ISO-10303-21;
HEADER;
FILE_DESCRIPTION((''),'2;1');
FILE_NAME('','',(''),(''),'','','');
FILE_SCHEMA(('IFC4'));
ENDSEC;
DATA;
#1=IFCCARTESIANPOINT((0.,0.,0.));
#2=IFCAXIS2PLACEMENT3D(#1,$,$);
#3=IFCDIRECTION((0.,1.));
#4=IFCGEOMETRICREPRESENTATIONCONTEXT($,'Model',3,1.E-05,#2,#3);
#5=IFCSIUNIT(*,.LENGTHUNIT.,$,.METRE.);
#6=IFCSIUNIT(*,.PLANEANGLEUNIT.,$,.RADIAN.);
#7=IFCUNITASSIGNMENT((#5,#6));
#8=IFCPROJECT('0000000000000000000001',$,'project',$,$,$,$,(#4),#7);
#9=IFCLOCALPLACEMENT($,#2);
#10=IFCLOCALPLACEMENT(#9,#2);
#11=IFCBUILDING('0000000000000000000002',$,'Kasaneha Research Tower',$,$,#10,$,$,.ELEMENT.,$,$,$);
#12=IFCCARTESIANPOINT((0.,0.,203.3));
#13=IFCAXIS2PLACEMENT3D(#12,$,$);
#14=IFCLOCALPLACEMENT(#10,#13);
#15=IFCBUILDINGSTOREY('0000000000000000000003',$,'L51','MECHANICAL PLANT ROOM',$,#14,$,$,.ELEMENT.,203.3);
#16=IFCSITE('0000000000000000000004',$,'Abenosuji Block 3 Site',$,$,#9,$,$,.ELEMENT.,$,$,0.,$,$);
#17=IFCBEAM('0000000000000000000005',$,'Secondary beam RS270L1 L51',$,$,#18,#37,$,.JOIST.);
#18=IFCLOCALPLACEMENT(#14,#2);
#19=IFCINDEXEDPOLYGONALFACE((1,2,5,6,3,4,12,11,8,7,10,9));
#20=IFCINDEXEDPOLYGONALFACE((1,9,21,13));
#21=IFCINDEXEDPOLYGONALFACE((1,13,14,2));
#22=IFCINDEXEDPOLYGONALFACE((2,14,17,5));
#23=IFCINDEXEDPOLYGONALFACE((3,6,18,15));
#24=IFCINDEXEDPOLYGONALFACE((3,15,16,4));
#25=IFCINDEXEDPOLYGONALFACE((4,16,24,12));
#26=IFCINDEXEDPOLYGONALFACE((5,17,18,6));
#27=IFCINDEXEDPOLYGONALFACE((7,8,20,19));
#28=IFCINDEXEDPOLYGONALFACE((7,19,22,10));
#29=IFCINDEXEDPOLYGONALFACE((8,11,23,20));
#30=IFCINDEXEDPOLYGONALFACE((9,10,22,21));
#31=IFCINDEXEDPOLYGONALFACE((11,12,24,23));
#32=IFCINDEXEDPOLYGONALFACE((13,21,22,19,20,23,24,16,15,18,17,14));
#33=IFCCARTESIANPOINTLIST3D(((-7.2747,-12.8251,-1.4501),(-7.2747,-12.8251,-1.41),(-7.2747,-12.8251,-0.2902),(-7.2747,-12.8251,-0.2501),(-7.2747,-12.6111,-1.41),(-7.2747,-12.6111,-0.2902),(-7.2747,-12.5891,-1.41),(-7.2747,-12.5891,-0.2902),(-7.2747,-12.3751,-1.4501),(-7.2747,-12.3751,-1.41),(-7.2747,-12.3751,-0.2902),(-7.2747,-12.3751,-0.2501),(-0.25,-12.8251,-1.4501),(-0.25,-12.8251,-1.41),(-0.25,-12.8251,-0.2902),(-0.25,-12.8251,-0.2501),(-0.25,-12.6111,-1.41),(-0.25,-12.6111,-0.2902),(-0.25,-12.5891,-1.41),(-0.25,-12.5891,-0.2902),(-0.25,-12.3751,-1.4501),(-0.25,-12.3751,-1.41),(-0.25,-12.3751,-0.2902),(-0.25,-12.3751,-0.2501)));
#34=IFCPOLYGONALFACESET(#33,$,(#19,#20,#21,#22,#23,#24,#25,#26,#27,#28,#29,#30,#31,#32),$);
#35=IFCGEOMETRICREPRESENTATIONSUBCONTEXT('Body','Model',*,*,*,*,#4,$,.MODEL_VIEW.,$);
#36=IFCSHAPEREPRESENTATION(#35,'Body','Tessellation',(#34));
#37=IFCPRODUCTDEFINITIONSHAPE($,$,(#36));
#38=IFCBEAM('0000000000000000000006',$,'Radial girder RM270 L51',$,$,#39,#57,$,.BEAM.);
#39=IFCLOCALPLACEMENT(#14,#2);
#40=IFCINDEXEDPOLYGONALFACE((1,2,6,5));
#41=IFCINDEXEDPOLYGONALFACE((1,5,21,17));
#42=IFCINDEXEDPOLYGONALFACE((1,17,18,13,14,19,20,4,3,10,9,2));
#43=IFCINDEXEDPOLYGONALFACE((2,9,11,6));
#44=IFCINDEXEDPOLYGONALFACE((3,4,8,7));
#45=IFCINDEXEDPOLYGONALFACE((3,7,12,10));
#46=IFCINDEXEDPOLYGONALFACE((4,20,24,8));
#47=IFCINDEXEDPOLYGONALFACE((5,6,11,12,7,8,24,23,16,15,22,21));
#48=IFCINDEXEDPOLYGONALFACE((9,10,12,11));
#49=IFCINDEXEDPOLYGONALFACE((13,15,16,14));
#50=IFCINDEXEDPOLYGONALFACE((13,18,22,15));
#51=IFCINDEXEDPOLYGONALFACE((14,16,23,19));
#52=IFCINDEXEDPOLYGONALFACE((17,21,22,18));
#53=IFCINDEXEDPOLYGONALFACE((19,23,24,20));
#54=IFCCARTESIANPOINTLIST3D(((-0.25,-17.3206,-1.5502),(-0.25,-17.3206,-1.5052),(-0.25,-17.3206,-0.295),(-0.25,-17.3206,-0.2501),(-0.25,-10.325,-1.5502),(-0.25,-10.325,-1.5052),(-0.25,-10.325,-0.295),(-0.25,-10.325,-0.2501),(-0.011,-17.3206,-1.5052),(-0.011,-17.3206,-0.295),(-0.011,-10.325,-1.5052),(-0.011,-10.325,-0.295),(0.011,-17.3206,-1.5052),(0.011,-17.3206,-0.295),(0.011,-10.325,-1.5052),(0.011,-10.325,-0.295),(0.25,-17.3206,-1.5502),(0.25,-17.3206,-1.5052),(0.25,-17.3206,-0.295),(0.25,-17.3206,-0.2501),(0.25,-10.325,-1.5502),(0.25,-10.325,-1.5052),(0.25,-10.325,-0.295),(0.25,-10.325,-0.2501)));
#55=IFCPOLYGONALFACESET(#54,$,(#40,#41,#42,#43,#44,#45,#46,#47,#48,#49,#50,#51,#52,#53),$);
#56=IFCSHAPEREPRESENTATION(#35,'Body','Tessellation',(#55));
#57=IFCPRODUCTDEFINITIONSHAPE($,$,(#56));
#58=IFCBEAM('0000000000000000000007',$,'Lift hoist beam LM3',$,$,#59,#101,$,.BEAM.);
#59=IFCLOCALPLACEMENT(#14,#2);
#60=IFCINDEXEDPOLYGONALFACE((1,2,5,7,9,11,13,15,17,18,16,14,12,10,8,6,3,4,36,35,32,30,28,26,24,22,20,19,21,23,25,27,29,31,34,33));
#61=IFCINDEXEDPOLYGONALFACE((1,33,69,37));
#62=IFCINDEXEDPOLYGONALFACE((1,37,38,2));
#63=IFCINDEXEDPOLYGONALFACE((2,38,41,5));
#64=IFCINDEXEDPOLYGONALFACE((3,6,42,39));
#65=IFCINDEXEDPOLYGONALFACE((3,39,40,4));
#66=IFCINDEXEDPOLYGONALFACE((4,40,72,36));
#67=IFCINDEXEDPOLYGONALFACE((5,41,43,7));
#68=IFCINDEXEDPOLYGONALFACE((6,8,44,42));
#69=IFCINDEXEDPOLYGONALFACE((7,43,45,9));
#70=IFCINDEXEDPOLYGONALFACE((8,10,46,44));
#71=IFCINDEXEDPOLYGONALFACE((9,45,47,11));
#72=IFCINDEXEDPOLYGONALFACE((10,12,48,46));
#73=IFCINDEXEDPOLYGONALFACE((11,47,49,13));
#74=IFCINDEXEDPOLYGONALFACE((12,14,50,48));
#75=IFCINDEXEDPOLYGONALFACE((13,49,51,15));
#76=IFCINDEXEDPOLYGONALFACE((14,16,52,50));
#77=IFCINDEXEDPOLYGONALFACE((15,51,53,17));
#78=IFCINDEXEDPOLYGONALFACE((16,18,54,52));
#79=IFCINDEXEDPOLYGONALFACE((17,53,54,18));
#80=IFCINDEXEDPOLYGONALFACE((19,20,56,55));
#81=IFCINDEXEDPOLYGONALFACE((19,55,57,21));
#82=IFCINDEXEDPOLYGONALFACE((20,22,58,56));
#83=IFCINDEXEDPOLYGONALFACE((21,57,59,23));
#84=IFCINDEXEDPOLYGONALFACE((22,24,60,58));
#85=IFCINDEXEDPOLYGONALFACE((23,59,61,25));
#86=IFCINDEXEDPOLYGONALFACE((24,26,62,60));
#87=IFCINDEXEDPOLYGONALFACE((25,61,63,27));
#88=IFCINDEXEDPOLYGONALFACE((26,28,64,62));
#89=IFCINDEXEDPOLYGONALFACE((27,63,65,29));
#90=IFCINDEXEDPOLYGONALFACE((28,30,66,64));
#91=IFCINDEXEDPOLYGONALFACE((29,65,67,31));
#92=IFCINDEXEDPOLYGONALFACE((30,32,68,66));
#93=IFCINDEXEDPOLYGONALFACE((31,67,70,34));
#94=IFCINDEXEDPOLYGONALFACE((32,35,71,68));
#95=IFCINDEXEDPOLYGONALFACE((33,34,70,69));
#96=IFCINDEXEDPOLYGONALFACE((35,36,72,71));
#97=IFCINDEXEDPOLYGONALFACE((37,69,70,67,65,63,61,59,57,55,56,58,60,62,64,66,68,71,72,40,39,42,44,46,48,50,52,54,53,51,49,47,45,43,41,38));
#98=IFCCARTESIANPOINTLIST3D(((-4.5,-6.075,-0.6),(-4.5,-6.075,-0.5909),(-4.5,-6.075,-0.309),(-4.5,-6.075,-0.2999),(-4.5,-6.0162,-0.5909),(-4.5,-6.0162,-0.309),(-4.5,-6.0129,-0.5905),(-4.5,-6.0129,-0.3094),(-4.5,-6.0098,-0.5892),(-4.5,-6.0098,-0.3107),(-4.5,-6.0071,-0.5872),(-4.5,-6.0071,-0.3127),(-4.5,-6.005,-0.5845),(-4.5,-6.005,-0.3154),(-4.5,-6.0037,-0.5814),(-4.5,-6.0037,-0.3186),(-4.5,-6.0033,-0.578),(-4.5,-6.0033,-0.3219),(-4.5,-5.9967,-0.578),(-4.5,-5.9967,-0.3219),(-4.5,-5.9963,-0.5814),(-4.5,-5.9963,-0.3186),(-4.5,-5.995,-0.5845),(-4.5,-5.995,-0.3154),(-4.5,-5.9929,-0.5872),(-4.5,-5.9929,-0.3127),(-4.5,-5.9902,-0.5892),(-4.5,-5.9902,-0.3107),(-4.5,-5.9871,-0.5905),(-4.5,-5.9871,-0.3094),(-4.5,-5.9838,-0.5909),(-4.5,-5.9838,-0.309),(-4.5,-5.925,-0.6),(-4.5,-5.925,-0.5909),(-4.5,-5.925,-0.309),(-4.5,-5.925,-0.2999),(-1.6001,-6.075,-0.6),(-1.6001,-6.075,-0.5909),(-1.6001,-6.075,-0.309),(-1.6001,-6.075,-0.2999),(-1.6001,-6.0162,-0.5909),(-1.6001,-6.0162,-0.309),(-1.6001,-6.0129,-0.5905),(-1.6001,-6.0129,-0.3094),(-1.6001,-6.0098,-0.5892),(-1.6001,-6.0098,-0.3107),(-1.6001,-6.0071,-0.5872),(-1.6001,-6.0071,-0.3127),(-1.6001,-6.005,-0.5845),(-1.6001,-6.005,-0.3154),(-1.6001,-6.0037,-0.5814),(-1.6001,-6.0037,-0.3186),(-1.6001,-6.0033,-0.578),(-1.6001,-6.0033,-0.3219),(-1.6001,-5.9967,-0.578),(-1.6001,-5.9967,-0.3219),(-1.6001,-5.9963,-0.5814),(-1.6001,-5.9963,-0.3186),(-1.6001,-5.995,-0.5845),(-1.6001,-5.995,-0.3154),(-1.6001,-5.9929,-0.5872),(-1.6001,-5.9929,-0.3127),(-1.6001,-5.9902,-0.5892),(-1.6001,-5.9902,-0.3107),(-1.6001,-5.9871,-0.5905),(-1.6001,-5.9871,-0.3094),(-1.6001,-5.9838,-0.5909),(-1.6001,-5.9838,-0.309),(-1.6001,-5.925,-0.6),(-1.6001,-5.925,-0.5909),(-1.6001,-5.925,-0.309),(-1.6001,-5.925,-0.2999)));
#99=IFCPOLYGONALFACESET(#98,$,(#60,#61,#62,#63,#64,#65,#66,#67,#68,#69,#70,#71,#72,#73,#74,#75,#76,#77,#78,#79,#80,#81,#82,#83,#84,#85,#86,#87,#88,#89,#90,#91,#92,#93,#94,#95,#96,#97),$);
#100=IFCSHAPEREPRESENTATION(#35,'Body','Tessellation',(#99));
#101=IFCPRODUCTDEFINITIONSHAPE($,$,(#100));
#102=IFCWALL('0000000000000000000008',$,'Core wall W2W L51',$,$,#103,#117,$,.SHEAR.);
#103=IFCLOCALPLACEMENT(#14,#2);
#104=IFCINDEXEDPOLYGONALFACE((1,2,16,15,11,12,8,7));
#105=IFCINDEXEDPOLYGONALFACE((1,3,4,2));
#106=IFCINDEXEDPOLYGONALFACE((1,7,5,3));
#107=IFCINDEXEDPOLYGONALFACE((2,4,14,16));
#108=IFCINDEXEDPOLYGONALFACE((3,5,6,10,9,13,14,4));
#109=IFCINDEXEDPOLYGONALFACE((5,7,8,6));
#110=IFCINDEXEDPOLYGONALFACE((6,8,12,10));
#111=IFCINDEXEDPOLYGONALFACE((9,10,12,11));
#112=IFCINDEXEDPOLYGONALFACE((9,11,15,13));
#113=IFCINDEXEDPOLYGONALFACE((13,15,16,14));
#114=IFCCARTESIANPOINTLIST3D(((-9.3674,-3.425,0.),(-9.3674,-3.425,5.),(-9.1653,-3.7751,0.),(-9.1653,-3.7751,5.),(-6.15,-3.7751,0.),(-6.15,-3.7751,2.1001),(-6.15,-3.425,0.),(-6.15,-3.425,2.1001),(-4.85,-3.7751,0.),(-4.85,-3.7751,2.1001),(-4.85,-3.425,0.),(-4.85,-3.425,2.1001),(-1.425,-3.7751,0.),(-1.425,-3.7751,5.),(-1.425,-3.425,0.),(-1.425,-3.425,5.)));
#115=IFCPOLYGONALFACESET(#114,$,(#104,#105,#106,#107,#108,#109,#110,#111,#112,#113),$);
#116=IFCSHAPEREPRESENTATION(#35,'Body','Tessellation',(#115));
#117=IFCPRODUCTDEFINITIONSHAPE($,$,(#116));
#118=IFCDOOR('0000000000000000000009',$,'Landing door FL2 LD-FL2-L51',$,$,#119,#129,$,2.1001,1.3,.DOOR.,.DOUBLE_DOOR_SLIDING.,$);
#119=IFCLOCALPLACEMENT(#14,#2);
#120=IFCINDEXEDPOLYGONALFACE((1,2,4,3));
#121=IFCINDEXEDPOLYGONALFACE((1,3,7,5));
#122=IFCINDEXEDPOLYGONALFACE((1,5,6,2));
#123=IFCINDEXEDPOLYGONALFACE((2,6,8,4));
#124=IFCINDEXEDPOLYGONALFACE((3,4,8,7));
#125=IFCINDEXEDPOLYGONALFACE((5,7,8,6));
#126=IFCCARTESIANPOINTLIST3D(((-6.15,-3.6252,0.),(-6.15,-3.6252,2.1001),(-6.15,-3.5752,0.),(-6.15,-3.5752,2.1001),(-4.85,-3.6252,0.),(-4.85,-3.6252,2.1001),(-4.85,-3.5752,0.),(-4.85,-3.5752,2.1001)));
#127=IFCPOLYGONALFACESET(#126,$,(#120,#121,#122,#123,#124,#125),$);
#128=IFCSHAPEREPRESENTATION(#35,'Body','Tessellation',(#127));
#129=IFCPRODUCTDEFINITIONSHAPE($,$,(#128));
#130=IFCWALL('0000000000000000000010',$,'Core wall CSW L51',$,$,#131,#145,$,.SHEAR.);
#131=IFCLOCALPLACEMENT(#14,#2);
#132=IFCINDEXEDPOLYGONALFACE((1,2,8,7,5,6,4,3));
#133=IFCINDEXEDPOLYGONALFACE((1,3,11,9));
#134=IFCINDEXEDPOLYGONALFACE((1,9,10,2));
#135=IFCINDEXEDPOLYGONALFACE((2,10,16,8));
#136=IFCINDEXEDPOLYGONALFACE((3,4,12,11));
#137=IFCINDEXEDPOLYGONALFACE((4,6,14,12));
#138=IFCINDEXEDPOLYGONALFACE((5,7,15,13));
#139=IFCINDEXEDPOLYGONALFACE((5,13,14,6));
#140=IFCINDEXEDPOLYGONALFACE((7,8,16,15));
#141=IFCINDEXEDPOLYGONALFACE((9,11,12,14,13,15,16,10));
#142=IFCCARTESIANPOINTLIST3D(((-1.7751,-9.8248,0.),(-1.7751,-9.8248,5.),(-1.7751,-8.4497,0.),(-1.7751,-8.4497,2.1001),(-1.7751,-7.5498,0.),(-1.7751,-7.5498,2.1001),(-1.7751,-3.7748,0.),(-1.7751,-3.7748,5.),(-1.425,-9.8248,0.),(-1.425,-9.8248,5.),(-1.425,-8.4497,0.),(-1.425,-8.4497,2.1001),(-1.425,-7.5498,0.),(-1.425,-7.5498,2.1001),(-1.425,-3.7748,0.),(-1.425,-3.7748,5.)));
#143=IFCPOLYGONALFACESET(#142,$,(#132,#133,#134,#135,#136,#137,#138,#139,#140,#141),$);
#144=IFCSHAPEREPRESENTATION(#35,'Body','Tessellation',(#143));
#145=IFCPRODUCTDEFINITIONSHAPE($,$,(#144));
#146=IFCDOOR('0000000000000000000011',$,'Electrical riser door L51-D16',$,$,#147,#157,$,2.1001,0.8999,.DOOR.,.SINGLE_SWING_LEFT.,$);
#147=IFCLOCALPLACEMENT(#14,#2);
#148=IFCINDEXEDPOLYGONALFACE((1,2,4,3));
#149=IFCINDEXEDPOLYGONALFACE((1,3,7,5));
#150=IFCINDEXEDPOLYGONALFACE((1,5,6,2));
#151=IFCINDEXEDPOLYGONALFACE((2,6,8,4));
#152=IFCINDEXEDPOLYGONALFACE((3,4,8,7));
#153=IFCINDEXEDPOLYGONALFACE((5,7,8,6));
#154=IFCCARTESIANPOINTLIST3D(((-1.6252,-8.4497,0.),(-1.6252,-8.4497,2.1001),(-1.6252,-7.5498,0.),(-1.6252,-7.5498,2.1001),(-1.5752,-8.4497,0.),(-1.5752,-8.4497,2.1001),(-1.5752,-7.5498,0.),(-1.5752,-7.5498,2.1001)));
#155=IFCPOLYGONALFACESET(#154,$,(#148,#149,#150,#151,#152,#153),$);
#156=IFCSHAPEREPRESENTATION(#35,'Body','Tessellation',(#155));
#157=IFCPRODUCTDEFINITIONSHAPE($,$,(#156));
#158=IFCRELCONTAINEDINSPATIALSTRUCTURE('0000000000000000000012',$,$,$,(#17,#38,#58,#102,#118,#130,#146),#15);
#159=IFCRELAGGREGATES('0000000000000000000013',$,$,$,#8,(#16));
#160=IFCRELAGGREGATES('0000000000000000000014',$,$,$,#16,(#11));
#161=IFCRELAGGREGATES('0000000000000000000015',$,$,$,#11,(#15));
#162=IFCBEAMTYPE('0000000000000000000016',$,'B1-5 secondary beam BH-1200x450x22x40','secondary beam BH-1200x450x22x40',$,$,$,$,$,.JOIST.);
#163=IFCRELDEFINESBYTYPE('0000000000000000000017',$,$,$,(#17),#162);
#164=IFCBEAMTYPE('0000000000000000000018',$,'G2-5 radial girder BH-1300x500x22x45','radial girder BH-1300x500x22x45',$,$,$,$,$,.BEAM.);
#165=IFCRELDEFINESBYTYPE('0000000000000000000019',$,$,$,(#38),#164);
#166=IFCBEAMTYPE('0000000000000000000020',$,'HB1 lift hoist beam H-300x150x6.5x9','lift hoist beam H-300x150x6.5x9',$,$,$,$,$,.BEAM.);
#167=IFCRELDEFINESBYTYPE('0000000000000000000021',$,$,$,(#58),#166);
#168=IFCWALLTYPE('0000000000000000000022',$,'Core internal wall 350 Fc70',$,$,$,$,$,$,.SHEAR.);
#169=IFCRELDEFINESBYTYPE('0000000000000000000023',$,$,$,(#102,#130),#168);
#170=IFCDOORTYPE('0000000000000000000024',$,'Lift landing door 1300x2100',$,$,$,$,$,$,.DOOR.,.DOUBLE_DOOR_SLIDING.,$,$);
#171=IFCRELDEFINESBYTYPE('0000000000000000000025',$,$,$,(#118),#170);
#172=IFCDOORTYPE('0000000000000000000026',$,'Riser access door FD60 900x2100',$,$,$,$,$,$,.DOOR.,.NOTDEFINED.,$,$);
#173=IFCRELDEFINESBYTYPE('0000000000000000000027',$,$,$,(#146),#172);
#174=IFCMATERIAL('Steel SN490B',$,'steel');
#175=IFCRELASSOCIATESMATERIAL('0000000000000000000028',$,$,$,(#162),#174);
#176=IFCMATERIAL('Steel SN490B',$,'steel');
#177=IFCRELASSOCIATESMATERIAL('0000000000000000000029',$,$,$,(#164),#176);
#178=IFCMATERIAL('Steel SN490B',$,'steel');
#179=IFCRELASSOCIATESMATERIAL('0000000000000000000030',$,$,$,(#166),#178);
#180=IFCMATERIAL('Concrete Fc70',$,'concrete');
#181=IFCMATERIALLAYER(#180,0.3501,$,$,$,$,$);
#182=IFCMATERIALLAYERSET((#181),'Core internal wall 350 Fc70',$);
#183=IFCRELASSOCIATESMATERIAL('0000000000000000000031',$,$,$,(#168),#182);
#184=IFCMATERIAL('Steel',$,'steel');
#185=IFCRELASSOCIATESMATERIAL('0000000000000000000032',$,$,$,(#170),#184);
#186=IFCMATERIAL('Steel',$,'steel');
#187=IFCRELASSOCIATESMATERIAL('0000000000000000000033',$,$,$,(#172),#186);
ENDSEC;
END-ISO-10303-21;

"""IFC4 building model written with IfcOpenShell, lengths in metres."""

from ifc_helpers import new_model, si_unit, direction, frame, frame_2d, origin, origin_2d, place, context, subcontext, project, spatial, polyline, rectangle, i_section, outline, extrude, material, layer, layer_set, material_profile, profile_set, type_object, element, fill, save


model = new_model("IFC4")

# Units and contexts
model_context = context("Model", 3, precision=1e-05, world=origin(), true_north=direction((0.0, 1.0)))
body_context = subcontext(model_context, "Body", "Model", "MODEL_VIEW")
ifc_project = project(units=[si_unit("LENGTHUNIT", "METRE"), si_unit("PLANEANGLEUNIT", "RADIAN")], contexts=[model_context])

# Site, building, storey
site_placement = place(None, origin())
site = spatial("IfcSite", under=ifc_project, at=site_placement, Name="Abenosuji Block 3 Site", CompositionType="ELEMENT", RefElevation=0.0)
building_placement = place(site_placement, origin())
building = spatial("IfcBuilding", under=site, at=building_placement, Name="Kasaneha Research Tower", CompositionType="ELEMENT")
storey_placement = place(building_placement, frame((0.0, 0.0, 203.3)))
storey = spatial("IfcBuildingStorey", under=building, at=storey_placement, Name="L51", Description="MECHANICAL PLANT ROOM", CompositionType="ELEMENT", Elevation=203.3)

# Beams
ifc_material_1 = material(Name="Steel SN490B", Category="steel")
ifc_material_profile_1 = material_profile(ifc_material_1, i_section(OverallWidth=0.45, OverallDepth=1.2, WebThickness=0.022, FlangeThickness=0.04, at=origin_2d()), Name="BH-1200x450x22x40")
ifc_profile_set_1 = profile_set([ifc_material_profile_1], Name="Steel SN490B")
beam_type_1 = type_object("IfcBeamType", Name="B1-5 secondary beam BH-1200x450x22x40", Description="secondary beam BH-1200x450x22x40", PredefinedType="JOIST", material=ifc_profile_set_1)
beam_1_placement = place(storey_placement, frame((-7.2747, -12.6001, -0.8501), z_axis=(1.0, 0.0, 0.0), x_axis=(0.0, 1.0, 0.0)))
element("IfcBeam", 1, at=beam_1_placement, inside=storey, type_object=beam_type_1, Name="Secondary beam RS270L1 L51", PredefinedType="JOIST", context=body_context, shape_type="SweptSolid", body=[
    extrude(i_section(OverallWidth=0.45, OverallDepth=1.2, WebThickness=0.022, FlangeThickness=0.04, at=origin_2d()), origin(), (0.0, 0.0, 1.0), 7.0247),
])
ifc_material_2 = material(Name="Steel SN490B", Category="steel")
ifc_material_profile_2 = material_profile(ifc_material_2, i_section(OverallWidth=0.5, OverallDepth=1.3, WebThickness=0.022, FlangeThickness=0.0449, at=origin_2d()), Name="BH-1300x500x22x45")
ifc_profile_set_2 = profile_set([ifc_material_profile_2], Name="Steel SN490B")
beam_type_2 = type_object("IfcBeamType", Name="G2-5 radial girder BH-1300x500x22x45", Description="radial girder BH-1300x500x22x45", PredefinedType="BEAM", material=ifc_profile_set_2)
beam_2_placement = place(storey_placement, frame((0.0, -10.325, -0.9001), z_axis=(0.0, -1.0, 0.0), x_axis=(1.0, 0.0, 0.0)))
element("IfcBeam", 2, at=beam_2_placement, inside=storey, type_object=beam_type_2, Name="Radial girder RM270 L51", PredefinedType="BEAM", context=body_context, shape_type="SweptSolid", body=[
    extrude(i_section(OverallWidth=0.5, OverallDepth=1.3, WebThickness=0.022, FlangeThickness=0.0449, at=origin_2d()), origin(), (0.0, 0.0, 1.0), 6.9956),
])
ifc_material_3 = material(Name="Steel SN490B", Category="steel")
ifc_material_profile_3 = material_profile(ifc_material_3, i_section(OverallWidth=0.1499, OverallDepth=0.3, WebThickness=0.0066, FlangeThickness=0.009, FilletRadius=0.0129, at=origin_2d()), Name="H-300x150x6.5x9")
ifc_profile_set_3 = profile_set([ifc_material_profile_3], Name="Steel SN490B")
beam_type_3 = type_object("IfcBeamType", Name="HB1 lift hoist beam H-300x150x6.5x9", Description="lift hoist beam H-300x150x6.5x9", PredefinedType="BEAM", material=ifc_profile_set_3)
beam_3_placement = place(storey_placement, frame((-4.5, -6.0, -0.45), z_axis=(1.0, 0.0, 0.0), x_axis=(0.0, 1.0, 0.0)))
element("IfcBeam", 3, at=beam_3_placement, inside=storey, type_object=beam_type_3, Name="Lift hoist beam LM3", PredefinedType="BEAM", context=body_context, shape_type="SweptSolid", body=[
    extrude(i_section(OverallWidth=0.1499, OverallDepth=0.3, WebThickness=0.0066, FlangeThickness=0.009, FilletRadius=0.0129, at=origin_2d()), origin(), (0.0, 0.0, 1.0), 2.8999),
])

# Walls, openings, doors
ifc_material_4 = material(Name="Concrete Fc70", Category="concrete")
ifc_layer_1 = layer(ifc_material_4, 0.3501)
ifc_layer_set_1 = layer_set([ifc_layer_1], Name="Core internal wall 350 Fc70")
wall_type_1 = type_object("IfcWallType", Name="Core internal wall 350 Fc70", PredefinedType="SHEAR", material=ifc_layer_set_1)
wall_1_placement = place(storey_placement, frame((-9.2664, -3.6001, 0.0), z_axis=(0.0, 0.0, 1.0), x_axis=(1.0, 0.0, 0.0)))
wall_1 = element("IfcWall", 4, at=wall_1_placement, inside=storey, type_object=wall_type_1, Name="Core wall W2W L51", PredefinedType="SHEAR", context=body_context, shape_type="SweptSolid", body=[
    extrude(outline(polyline([(0.1011, -0.175), (3.1165, -0.175), (4.4165, -0.175), (7.8413, -0.175), (7.8413, 0.175), (4.4165, 0.175), (3.1165, 0.175), (-0.1011, 0.175), (0.1011, -0.175)])), origin(), (0.0, 0.0, 1.0), 5.0),
])
opening_1_placement = place(wall_1_placement, frame((3.1165, 0.0, 0.0)))
opening_1 = element("IfcOpeningElement", 5, at=opening_1_placement, cuts=wall_1, PredefinedType="OPENING", context=body_context, shape_type="SweptSolid", body=[
    extrude(rectangle(XDim=1.3, YDim=2.1001, at=frame_2d((0.6499, 1.05))), frame((0.0, 0.1851, 0.0), z_axis=(0.0, -1.0, 0.0), x_axis=(1.0, 0.0, 0.0)), (0.0, 0.0, 1.0), 0.3701),
])
ifc_material_5 = material(Name="Steel", Category="steel")
door_type_1 = type_object("IfcDoorType", Name="Lift landing door 1300x2100", OperationType="DOUBLE_DOOR_SLIDING", PredefinedType="DOOR", material=ifc_material_5)
door_1_placement = place(opening_1_placement, origin())
door_1 = element("IfcDoor", 6, at=door_1_placement, inside=storey, type_object=door_type_1, Name="Landing door FL2 LD-FL2-L51", OperationType="DOUBLE_DOOR_SLIDING", OverallHeight=2.1001, OverallWidth=1.3, PredefinedType="DOOR", context=body_context, shape_type="SweptSolid", body=[
    extrude(rectangle(XDim=1.3, YDim=2.1001, at=frame_2d((0.6499, 1.05))), frame((0.0, 0.0249, 0.0), z_axis=(0.0, -1.0, 0.0), x_axis=(1.0, 0.0, 0.0)), (0.0, 0.0, 1.0), 0.05),
])
fill(opening_1, door_1)
wall_2_placement = place(storey_placement, frame((-1.6001, -3.7749, 0.0), z_axis=(0.0, 0.0, 1.0), x_axis=(0.0, -1.0, 0.0)))
wall_2 = element("IfcWall", 7, at=wall_2_placement, inside=storey, type_object=wall_type_1, Name="Core wall CSW L51", PredefinedType="SHEAR", context=body_context, shape_type="SweptSolid", body=[
    extrude(rectangle(XDim=6.05, YDim=0.3501, at=frame_2d((3.0249, 0.0))), origin(), (0.0, 0.0, 1.0), 5.0),
])
opening_2_placement = place(wall_2_placement, frame((3.7749, 0.0, 0.0)))
opening_2 = element("IfcOpeningElement", 8, at=opening_2_placement, cuts=wall_2, PredefinedType="OPENING", context=body_context, shape_type="SweptSolid", body=[
    extrude(rectangle(XDim=0.8999, YDim=2.1001, at=frame_2d((0.45, 1.05))), frame((0.0, 0.1851, 0.0), z_axis=(0.0, -1.0, 0.0), x_axis=(1.0, 0.0, 0.0)), (0.0, 0.0, 1.0), 0.3701),
])
ifc_material_6 = material(Name="Steel", Category="steel")
door_type_2 = type_object("IfcDoorType", Name="Riser access door FD60 900x2100", OperationType="NOTDEFINED", PredefinedType="DOOR", material=ifc_material_6)
door_2_placement = place(opening_2_placement, origin())
door_2 = element("IfcDoor", 9, at=door_2_placement, inside=storey, type_object=door_type_2, Name="Electrical riser door L51-D16", OperationType="SINGLE_SWING_LEFT", OverallHeight=2.1001, OverallWidth=0.8999, PredefinedType="DOOR", context=body_context, shape_type="SweptSolid", body=[
    extrude(rectangle(XDim=0.8999, YDim=2.1001, at=frame_2d((0.45, 1.05))), frame((0.0, 0.0249, 0.0), z_axis=(0.0, -1.0, 0.0), x_axis=(1.0, 0.0, 0.0)), (0.0, 0.0, 1.0), 0.05),
])
fill(opening_2, door_2)

save(model, "model.ifc")
